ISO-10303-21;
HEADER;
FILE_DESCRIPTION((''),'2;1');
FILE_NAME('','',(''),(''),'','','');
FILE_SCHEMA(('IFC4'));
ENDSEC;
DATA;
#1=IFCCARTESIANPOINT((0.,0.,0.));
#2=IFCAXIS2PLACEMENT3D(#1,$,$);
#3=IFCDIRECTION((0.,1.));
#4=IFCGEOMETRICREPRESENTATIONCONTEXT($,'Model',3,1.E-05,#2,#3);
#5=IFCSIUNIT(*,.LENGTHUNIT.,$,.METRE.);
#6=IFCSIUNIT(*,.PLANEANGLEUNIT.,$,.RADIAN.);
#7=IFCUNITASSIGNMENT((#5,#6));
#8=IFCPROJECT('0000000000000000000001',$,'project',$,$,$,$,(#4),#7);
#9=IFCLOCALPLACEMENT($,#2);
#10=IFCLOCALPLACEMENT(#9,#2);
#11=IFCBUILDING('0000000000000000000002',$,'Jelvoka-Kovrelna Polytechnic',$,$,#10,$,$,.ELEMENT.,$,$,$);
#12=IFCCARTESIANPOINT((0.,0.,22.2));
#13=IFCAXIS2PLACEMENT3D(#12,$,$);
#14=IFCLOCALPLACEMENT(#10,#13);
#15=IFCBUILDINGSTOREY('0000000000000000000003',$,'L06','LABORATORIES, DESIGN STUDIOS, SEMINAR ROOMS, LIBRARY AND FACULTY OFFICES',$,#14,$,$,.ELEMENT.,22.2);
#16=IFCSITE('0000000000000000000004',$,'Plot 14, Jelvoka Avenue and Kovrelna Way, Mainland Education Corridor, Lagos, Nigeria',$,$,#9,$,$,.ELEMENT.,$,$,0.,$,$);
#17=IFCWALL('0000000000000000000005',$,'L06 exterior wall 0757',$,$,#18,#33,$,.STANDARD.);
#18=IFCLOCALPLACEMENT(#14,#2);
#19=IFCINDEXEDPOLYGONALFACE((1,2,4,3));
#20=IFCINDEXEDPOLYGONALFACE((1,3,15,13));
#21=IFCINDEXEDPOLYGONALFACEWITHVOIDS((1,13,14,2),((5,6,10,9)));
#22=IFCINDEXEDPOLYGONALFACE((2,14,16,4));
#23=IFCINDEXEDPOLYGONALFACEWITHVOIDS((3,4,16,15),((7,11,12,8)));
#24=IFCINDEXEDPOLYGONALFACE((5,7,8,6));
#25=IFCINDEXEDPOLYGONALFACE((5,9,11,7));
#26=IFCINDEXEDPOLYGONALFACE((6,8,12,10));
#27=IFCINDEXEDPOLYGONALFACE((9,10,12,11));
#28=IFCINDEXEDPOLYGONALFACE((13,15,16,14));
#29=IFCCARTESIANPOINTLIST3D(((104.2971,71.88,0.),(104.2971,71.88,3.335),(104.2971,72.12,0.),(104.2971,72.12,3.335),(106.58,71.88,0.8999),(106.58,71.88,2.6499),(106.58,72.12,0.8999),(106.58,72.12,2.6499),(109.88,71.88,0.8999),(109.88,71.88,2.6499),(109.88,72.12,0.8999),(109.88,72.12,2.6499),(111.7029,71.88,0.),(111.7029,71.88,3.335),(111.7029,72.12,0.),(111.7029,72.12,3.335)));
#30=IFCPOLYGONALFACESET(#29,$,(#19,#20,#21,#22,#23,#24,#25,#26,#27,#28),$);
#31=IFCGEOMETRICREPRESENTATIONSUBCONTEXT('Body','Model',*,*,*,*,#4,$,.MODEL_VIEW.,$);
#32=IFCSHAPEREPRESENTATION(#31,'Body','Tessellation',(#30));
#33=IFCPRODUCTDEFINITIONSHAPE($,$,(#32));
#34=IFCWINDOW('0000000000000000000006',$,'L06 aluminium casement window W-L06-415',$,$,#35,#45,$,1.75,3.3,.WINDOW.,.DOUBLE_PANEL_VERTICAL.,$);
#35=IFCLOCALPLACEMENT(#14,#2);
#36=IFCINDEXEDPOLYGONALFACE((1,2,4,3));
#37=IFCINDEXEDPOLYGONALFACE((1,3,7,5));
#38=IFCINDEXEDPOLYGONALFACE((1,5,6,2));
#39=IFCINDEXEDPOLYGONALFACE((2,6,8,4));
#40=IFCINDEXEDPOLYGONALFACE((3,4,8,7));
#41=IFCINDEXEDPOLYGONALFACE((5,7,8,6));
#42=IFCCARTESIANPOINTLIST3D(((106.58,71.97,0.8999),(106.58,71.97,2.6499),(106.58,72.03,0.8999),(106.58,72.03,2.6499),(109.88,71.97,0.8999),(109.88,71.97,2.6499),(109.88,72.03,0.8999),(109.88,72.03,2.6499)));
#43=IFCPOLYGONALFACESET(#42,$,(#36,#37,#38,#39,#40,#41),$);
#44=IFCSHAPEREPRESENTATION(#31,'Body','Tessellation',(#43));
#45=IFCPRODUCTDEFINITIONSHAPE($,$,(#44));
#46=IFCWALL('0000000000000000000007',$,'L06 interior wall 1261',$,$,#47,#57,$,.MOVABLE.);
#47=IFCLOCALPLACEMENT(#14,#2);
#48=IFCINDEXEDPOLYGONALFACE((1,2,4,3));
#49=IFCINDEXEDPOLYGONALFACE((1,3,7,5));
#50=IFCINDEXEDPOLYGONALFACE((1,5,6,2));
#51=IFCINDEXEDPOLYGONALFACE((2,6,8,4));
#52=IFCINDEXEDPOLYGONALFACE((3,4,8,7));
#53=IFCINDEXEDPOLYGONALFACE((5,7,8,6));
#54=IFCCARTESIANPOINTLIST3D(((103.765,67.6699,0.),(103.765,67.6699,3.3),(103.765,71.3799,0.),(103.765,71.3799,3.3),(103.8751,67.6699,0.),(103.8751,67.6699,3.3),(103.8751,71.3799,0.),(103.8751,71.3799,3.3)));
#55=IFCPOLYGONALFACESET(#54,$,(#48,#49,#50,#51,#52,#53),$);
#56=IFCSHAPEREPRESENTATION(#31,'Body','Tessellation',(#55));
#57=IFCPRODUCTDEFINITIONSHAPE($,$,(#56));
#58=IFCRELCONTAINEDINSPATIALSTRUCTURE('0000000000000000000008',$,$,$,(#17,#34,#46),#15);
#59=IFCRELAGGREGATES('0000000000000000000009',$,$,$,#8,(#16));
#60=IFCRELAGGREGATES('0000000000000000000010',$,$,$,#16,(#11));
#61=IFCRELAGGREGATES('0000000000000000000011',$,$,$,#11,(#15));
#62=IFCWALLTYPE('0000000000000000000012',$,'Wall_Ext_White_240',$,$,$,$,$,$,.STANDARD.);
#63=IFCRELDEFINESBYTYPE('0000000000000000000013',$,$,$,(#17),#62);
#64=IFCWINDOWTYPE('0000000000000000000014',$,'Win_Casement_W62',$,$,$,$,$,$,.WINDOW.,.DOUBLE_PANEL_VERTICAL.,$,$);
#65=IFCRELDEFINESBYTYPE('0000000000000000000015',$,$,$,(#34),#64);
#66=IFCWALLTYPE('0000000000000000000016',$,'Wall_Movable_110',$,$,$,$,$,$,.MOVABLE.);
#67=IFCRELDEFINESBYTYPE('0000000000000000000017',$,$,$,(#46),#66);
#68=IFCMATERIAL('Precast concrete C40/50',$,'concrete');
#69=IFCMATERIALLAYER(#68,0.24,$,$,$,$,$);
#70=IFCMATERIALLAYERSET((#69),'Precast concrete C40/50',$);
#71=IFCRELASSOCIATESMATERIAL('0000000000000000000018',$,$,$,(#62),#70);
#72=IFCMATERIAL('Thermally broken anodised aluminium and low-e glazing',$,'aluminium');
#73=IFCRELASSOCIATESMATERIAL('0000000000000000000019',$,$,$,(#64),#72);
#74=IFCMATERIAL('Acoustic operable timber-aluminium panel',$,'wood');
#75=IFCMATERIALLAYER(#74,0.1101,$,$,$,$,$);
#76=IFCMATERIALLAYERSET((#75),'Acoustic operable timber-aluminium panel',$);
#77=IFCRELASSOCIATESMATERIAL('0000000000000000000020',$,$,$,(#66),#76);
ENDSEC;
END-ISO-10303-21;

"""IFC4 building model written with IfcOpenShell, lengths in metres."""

from ifc_helpers import new_model, si_unit, direction, frame, frame_2d, origin, place, context, subcontext, project, spatial, rectangle, extrude, material, layer, layer_set, type_object, element, fill, save


model = new_model("IFC4")

# Units and contexts
model_context = context("Model", 3, precision=1e-05, world=origin(), true_north=direction((0.0, 1.0)))
body_context = subcontext(model_context, "Body", "Model", "MODEL_VIEW")
ifc_project = project(units=[si_unit("LENGTHUNIT", "METRE"), si_unit("PLANEANGLEUNIT", "RADIAN")], contexts=[model_context])

# Site, building, storey
site_placement = place(None, origin())
site = spatial("IfcSite", under=ifc_project, at=site_placement, Name="Plot 14, Jelvoka Avenue and Kovrelna Way, Mainland Education Corridor, Lagos, Nigeria", CompositionType="ELEMENT", RefElevation=0.0)
building_placement = place(site_placement, origin())
building = spatial("IfcBuilding", under=site, at=building_placement, Name="Jelvoka-Kovrelna Polytechnic", CompositionType="ELEMENT")
storey_placement = place(building_placement, frame((0.0, 0.0, 22.2)))
storey = spatial("IfcBuildingStorey", under=building, at=storey_placement, Name="L06", Description="LABORATORIES, DESIGN STUDIOS, SEMINAR ROOMS, LIBRARY AND FACULTY OFFICES", CompositionType="ELEMENT", Elevation=22.2)

# Wall, opening, window
ifc_material_1 = material(Name="Precast concrete C40/50", Category="concrete")
ifc_layer_1 = layer(ifc_material_1, 0.24)
ifc_layer_set_1 = layer_set([ifc_layer_1], Name="Precast concrete C40/50")
wall_type_1 = type_object("IfcWallType", Name="Wall_Ext_White_240", PredefinedType="STANDARD", material=ifc_layer_set_1)
wall_1_placement = place(storey_placement, frame((104.2971, 72.0, 0.0), z_axis=(0.0, 0.0, 1.0), x_axis=(1.0, 0.0, 0.0)))
wall_1 = element("IfcWall", 1, at=wall_1_placement, inside=storey, type_object=wall_type_1, Name="L06 exterior wall 0757", PredefinedType="STANDARD", context=body_context, shape_type="SweptSolid", body=[
    extrude(rectangle(XDim=7.4058, YDim=0.24, at=frame_2d((3.7029, 0.0))), origin(), (0.0, 0.0, 1.0), 3.335),
])
opening_1_placement = place(wall_1_placement, frame((2.283, 0.0, 0.8999)))
opening_1 = element("IfcOpeningElement", 2, at=opening_1_placement, cuts=wall_1, PredefinedType="OPENING", context=body_context, shape_type="SweptSolid", body=[
    extrude(rectangle(XDim=3.3, YDim=1.75, at=frame_2d((1.6499, 0.875))), frame((0.0, 0.1301, 0.0), z_axis=(0.0, -1.0, 0.0), x_axis=(1.0, 0.0, 0.0)), (0.0, 0.0, 1.0), 0.26),
])
ifc_material_2 = material(Name="Thermally broken anodised aluminium and low-e glazing", Category="aluminium")
window_type_1 = type_object("IfcWindowType", Name="Win_Casement_W62", PartitioningType="DOUBLE_PANEL_VERTICAL", PredefinedType="WINDOW", material=ifc_material_2)
window_1_placement = place(opening_1_placement, origin())
window_1 = element("IfcWindow", 3, at=window_1_placement, inside=storey, type_object=window_type_1, Name="L06 aluminium casement window W-L06-415", OverallHeight=1.75, OverallWidth=3.3, PartitioningType="DOUBLE_PANEL_VERTICAL", PredefinedType="WINDOW", context=body_context, shape_type="SweptSolid", body=[
    extrude(rectangle(XDim=3.3, YDim=1.75, at=frame_2d((1.6499, 0.875))), frame((0.0, 0.03, 0.0), z_axis=(0.0, -1.0, 0.0), x_axis=(1.0, 0.0, 0.0)), (0.0, 0.0, 1.0), 0.0601),
])
fill(opening_1, window_1)

# Wall
ifc_material_3 = material(Name="Acoustic operable timber-aluminium panel", Category="wood")
ifc_layer_2 = layer(ifc_material_3, 0.1101)
ifc_layer_set_2 = layer_set([ifc_layer_2], Name="Acoustic operable timber-aluminium panel")
wall_type_2 = type_object("IfcWallType", Name="Wall_Movable_110", PredefinedType="MOVABLE", material=ifc_layer_set_2)
wall_2_placement = place(storey_placement, frame((103.8201, 67.6699, 0.0), z_axis=(0.0, 0.0, 1.0), x_axis=(0.0, 1.0, 0.0)))
element("IfcWall", 4, at=wall_2_placement, inside=storey, type_object=wall_type_2, Name="L06 interior wall 1261", PredefinedType="MOVABLE", context=body_context, shape_type="SweptSolid", body=[
    extrude(rectangle(XDim=3.71, YDim=0.1101, at=frame_2d((1.855, 0.0))), origin(), (0.0, 0.0, 1.0), 3.3),
])

save(model, "model.ifc")
